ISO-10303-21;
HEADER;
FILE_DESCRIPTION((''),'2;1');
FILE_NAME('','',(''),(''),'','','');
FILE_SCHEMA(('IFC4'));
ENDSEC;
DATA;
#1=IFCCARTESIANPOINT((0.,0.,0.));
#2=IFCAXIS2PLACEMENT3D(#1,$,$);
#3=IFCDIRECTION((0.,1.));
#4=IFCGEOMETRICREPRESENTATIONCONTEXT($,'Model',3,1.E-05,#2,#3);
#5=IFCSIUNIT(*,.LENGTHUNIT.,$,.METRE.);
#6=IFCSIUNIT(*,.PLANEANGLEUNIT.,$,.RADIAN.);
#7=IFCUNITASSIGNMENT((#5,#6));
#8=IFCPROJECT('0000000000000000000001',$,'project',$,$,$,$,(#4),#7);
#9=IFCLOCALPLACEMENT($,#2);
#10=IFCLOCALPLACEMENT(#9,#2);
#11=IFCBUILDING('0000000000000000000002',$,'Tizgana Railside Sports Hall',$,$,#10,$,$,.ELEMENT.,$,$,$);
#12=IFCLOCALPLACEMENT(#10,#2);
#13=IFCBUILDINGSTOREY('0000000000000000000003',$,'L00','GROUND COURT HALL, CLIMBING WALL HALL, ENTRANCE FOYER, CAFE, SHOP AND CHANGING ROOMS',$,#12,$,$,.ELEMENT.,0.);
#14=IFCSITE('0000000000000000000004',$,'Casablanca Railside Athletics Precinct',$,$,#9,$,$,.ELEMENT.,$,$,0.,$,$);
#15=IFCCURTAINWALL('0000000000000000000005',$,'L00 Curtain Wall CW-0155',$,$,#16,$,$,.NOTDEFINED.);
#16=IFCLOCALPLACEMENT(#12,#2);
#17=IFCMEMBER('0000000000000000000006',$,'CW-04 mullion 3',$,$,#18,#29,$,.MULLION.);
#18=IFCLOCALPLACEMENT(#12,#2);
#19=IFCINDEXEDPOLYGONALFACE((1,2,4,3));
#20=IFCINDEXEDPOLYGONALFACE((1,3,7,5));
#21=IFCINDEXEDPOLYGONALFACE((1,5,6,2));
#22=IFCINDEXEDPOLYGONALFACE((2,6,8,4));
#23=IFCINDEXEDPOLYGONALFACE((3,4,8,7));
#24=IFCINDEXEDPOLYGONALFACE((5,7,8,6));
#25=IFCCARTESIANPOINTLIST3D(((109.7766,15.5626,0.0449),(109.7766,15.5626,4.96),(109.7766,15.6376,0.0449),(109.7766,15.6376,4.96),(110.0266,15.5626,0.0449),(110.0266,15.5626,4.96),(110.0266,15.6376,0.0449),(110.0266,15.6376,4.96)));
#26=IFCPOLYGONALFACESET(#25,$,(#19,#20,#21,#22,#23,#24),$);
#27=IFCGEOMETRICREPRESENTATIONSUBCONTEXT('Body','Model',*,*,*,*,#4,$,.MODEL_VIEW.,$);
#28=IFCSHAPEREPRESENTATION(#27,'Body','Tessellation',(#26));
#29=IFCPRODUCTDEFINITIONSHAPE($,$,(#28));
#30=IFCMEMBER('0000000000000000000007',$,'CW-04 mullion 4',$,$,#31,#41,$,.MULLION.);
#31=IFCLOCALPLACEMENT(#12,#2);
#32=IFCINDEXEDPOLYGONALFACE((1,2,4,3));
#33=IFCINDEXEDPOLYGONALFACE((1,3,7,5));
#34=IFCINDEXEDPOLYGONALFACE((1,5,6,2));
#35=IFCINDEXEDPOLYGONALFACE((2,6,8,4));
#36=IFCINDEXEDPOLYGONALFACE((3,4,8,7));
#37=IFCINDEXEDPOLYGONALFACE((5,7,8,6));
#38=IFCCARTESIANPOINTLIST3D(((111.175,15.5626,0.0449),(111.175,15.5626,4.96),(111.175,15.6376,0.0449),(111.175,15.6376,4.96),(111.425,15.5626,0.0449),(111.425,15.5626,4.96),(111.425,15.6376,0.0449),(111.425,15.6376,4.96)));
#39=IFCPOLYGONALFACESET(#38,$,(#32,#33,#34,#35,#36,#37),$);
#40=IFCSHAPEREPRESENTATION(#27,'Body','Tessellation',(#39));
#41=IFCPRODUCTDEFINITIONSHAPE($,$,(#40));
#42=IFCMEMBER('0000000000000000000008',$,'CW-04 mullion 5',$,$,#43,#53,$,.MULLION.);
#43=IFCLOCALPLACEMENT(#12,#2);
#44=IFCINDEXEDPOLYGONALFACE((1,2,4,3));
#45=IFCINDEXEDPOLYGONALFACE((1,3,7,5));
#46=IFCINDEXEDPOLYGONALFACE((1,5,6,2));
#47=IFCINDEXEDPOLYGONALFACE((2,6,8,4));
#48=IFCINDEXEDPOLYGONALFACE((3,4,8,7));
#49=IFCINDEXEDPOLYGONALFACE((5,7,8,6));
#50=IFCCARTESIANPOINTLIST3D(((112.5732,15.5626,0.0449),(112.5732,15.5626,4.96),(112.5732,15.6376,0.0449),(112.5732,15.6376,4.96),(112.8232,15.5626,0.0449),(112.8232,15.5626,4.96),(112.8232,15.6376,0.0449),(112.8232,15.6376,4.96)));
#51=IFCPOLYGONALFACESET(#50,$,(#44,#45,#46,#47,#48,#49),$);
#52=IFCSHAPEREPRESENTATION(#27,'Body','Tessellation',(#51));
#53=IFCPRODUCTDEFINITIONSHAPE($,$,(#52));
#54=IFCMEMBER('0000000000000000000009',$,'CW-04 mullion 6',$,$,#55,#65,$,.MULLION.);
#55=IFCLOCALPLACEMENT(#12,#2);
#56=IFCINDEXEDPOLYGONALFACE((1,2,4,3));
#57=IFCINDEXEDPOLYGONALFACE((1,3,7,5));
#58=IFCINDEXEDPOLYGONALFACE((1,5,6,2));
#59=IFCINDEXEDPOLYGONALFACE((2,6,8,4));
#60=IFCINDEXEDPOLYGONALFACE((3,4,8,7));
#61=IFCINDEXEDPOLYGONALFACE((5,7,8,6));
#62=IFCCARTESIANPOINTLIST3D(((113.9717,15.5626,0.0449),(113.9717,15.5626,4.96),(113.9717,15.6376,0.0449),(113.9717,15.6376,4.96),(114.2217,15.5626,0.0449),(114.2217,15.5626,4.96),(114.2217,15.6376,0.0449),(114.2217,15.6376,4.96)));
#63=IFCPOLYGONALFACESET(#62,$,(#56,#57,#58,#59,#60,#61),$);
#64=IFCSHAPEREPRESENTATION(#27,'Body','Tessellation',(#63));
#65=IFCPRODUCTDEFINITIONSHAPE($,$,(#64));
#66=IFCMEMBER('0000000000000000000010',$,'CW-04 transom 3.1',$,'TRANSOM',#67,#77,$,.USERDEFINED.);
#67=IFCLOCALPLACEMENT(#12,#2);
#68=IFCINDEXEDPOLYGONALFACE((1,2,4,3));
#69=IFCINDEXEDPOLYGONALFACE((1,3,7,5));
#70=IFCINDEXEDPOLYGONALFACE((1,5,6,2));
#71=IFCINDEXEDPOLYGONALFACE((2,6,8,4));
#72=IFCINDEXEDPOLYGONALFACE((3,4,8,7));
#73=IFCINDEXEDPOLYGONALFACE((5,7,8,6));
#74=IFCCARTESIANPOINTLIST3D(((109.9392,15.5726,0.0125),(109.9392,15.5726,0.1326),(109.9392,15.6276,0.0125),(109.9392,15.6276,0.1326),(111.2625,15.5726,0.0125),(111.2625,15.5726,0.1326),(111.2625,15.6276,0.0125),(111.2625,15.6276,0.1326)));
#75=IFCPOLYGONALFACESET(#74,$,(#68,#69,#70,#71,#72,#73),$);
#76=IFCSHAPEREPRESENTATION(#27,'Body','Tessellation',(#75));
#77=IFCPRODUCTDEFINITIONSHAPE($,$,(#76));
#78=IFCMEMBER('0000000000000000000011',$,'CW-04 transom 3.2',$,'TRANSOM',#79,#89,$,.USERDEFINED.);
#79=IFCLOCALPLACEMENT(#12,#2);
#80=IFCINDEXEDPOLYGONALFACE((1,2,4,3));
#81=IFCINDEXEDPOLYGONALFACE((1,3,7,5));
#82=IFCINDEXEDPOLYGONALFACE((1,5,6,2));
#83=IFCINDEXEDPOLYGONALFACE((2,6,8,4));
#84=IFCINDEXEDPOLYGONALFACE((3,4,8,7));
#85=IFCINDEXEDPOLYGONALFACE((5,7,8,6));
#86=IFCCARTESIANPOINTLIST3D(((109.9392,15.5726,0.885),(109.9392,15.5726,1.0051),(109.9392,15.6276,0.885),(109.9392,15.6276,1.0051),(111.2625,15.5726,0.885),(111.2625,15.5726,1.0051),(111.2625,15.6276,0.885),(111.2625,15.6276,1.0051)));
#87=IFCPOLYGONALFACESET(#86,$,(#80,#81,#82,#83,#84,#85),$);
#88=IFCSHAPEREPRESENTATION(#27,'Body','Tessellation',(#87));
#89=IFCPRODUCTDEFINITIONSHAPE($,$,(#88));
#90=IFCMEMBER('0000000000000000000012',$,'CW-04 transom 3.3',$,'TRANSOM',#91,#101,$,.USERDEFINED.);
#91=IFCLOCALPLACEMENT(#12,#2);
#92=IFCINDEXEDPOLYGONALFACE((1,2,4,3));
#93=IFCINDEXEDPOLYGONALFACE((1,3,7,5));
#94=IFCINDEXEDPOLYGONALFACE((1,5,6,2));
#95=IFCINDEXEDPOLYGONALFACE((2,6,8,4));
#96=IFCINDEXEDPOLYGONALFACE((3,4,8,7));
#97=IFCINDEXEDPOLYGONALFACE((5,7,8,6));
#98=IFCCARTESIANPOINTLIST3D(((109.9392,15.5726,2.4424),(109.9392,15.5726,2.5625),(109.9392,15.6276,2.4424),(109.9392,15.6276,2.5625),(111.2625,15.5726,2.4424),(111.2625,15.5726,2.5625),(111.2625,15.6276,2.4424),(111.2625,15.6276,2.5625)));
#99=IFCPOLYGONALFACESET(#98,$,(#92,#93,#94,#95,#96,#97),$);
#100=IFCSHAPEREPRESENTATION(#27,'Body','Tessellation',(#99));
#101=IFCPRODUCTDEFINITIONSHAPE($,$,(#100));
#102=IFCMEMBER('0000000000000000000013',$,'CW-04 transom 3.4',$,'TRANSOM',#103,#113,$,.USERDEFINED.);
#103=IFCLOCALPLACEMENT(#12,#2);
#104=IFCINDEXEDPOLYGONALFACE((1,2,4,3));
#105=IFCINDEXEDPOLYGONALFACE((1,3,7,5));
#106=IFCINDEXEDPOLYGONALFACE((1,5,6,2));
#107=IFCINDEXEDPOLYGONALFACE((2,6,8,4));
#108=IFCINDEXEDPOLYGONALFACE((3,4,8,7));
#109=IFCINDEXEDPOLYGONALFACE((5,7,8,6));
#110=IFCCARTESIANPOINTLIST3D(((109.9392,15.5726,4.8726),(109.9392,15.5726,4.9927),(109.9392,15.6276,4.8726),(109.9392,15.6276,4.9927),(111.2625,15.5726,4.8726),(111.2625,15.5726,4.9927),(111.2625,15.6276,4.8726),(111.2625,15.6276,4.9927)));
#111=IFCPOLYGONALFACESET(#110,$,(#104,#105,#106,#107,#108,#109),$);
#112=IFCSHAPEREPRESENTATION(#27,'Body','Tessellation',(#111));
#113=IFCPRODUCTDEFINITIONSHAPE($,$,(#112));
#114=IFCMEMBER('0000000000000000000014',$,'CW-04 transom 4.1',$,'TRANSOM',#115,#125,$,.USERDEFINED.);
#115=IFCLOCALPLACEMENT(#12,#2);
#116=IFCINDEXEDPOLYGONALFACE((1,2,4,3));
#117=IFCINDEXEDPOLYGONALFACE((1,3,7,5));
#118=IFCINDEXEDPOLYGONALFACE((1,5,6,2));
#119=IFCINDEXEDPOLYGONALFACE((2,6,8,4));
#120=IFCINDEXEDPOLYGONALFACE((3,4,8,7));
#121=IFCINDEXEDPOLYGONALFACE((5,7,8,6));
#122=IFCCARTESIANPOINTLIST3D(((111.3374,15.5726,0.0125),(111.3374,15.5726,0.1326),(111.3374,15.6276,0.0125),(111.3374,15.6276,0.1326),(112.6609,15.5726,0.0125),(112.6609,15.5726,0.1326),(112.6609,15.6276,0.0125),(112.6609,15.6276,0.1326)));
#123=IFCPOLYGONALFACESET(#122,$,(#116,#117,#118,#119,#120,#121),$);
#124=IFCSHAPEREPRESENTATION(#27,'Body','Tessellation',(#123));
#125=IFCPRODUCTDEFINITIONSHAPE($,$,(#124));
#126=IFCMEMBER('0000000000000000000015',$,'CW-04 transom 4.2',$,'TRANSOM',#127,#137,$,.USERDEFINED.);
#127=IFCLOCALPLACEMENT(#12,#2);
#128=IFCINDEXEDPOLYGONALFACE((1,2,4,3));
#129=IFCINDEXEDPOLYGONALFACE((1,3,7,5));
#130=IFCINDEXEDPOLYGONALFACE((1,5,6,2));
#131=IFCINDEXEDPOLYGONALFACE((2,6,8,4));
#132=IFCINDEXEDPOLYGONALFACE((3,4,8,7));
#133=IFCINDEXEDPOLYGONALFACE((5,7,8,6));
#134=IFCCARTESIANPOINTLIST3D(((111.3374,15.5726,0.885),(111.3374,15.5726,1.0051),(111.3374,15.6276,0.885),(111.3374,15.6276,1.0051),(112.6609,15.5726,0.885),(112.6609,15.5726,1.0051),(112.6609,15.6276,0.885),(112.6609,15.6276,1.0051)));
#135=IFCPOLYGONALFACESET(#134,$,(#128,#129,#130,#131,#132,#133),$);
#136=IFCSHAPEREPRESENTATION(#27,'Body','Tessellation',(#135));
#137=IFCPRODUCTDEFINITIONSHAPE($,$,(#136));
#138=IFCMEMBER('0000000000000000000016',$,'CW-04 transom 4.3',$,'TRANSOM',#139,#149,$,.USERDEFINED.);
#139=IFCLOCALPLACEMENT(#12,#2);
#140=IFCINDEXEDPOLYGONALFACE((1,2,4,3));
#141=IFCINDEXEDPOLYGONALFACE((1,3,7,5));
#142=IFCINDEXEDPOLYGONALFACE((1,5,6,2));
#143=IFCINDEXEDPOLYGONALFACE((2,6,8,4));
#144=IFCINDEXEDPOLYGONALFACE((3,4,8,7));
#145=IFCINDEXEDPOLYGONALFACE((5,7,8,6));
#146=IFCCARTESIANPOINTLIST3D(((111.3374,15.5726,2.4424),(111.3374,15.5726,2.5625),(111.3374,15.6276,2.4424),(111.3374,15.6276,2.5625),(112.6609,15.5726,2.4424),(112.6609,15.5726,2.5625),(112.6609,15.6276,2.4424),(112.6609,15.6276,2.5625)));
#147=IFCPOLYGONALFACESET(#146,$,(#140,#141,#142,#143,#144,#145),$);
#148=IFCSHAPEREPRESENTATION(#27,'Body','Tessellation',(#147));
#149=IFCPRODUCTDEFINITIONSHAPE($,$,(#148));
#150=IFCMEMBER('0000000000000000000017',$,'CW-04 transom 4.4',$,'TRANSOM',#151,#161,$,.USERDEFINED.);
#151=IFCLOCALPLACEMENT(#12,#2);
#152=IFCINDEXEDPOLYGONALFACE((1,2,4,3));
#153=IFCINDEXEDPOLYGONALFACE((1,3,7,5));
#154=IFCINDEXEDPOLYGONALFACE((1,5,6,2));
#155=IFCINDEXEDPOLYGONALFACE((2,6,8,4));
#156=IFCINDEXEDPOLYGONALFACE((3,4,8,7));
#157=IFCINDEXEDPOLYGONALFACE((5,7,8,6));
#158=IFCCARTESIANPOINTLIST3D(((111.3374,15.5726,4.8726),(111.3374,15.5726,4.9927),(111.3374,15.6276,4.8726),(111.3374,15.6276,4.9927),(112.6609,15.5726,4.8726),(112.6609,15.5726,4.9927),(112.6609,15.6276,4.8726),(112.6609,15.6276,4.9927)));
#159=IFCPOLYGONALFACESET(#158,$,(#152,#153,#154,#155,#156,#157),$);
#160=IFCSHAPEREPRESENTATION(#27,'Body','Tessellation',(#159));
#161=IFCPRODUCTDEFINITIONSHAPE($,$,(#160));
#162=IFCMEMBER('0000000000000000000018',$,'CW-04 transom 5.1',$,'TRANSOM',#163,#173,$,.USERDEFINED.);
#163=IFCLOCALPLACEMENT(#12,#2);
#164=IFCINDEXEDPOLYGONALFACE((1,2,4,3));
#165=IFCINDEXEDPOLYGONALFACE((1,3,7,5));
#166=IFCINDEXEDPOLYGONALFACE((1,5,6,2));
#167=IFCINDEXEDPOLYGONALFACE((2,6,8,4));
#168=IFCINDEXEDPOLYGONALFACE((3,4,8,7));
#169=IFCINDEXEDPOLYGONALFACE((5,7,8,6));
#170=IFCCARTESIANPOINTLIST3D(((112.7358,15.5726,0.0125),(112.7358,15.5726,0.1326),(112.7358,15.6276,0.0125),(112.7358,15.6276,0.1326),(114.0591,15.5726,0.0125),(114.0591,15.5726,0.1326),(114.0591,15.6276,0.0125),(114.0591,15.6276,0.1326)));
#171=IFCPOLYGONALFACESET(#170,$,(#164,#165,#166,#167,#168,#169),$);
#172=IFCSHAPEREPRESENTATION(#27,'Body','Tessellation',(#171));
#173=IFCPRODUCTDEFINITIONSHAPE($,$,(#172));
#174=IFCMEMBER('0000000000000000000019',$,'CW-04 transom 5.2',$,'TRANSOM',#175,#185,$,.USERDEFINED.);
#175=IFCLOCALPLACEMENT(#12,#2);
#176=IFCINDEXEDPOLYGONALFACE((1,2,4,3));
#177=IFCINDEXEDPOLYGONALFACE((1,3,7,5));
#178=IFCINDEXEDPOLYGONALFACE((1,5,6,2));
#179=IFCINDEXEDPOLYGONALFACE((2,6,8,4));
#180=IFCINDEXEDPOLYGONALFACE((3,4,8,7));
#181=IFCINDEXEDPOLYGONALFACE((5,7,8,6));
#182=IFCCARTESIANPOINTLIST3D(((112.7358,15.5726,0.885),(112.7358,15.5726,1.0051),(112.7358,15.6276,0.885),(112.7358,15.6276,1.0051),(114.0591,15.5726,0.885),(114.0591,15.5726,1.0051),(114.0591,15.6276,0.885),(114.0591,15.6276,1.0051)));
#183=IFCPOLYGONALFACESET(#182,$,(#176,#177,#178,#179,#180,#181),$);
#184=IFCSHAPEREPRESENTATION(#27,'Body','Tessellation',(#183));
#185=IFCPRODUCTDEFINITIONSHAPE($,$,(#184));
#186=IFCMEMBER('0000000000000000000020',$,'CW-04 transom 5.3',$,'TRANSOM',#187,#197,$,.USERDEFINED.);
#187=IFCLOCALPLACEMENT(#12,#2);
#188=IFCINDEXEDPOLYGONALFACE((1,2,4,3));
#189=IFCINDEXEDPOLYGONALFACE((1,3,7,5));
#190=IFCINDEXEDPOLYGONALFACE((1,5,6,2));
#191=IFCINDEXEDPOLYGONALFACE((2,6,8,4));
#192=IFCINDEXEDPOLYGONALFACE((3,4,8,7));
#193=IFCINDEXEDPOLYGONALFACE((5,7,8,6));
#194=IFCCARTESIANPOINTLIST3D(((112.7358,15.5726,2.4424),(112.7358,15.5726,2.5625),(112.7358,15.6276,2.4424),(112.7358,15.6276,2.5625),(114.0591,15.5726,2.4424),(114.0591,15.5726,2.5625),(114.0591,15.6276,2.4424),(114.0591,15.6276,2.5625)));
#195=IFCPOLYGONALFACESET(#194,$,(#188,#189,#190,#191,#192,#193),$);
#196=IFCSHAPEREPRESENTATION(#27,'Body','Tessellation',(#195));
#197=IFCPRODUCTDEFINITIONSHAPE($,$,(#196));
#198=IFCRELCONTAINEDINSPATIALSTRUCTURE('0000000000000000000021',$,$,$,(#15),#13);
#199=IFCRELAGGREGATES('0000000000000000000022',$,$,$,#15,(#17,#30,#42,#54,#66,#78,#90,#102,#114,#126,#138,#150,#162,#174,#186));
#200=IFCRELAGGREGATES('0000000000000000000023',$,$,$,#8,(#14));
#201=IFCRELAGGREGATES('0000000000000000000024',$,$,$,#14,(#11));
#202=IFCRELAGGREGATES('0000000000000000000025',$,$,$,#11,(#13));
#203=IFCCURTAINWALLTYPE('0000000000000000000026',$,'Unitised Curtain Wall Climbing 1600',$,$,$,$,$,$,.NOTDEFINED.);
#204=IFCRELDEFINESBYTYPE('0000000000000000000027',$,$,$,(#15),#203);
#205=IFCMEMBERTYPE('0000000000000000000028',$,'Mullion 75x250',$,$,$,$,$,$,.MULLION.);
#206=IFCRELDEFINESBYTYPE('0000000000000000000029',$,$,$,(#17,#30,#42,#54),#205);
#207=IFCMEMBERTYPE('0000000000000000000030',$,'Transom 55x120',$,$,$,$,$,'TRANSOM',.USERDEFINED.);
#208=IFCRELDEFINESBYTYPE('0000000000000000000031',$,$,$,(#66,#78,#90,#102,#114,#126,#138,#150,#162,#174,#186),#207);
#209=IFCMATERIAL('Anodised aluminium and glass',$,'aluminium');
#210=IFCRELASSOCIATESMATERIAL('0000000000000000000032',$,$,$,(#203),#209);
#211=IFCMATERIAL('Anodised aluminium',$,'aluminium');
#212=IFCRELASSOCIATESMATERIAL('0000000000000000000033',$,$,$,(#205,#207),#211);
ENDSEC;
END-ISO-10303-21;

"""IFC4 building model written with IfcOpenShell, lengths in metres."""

from ifc_helpers import new_model, si_unit, direction, frame, origin, origin_2d, place, context, subcontext, project, spatial, rectangle, extrude, material, material_profile, profile_set, type_object, element, aggregate, save


model = new_model("IFC4")

# Units and contexts
model_context = context("Model", 3, precision=1e-05, world=origin(), true_north=direction((0.0, 1.0)))
body_context = subcontext(model_context, "Body", "Model", "MODEL_VIEW")
ifc_project = project(units=[si_unit("LENGTHUNIT", "METRE"), si_unit("PLANEANGLEUNIT", "RADIAN")], contexts=[model_context])

# Site, building, storey
site_placement = place(None, origin())
site = spatial("IfcSite", under=ifc_project, at=site_placement, Name="Casablanca Railside Athletics Precinct", CompositionType="ELEMENT", RefElevation=0.0)
building_placement = place(site_placement, origin())
building = spatial("IfcBuilding", under=site, at=building_placement, Name="Tizgana Railside Sports Hall", CompositionType="ELEMENT")
storey_placement = place(building_placement, origin())
storey = spatial("IfcBuildingStorey", under=building, at=storey_placement, Name="L00", Description="GROUND COURT HALL, CLIMBING WALL HALL, ENTRANCE FOYER, CAFE, SHOP AND CHANGING ROOMS", CompositionType="ELEMENT", Elevation=0.0)

# Curtain wall, members
ifc_material_1 = material(Name="Anodised aluminium and glass", Category="aluminium")
curtain_wall_type = type_object("IfcCurtainWallType", Name="Unitised Curtain Wall Climbing 1600", PredefinedType="NOTDEFINED", material=ifc_material_1)
curtain_wall_placement = place(storey_placement, origin())
curtain_wall = element("IfcCurtainWall", 1, at=curtain_wall_placement, inside=storey, type_object=curtain_wall_type, Name="L00 Curtain Wall CW-0155", PredefinedType="NOTDEFINED")
ifc_material_2 = material(Name="Anodised aluminium", Category="aluminium")
ifc_material_profile_1 = material_profile(ifc_material_2, rectangle(XDim=0.075, YDim=0.25, at=origin_2d()), Name="Mullion 75x250")
ifc_profile_set_1 = profile_set([ifc_material_profile_1], Name="Anodised aluminium")
member_type_1 = type_object("IfcMemberType", Name="Mullion 75x250", PredefinedType="MULLION", material=ifc_profile_set_1)
member_1_placement = place(storey_placement, frame((109.9016, 15.6001, 0.0449), z_axis=(0.0, 0.0, 1.0), x_axis=(0.0, 1.0, 0.0)))
member_1 = element("IfcMember", 2, at=member_1_placement, type_object=member_type_1, Name="CW-04 mullion 3", PredefinedType="MULLION", context=body_context, shape_type="SweptSolid", body=[
    extrude(rectangle(XDim=0.075, YDim=0.25, at=origin_2d()), origin(), (0.0, 0.0, 1.0), 4.915),
])
member_2_placement = place(storey_placement, frame((111.3, 15.6001, 0.0449), z_axis=(0.0, 0.0, 1.0), x_axis=(0.0, 1.0, 0.0)))
member_2 = element("IfcMember", 3, at=member_2_placement, type_object=member_type_1, Name="CW-04 mullion 4", PredefinedType="MULLION", context=body_context, shape_type="SweptSolid", body=[
    extrude(rectangle(XDim=0.075, YDim=0.25, at=origin_2d()), origin(), (0.0, 0.0, 1.0), 4.915),
])
member_3_placement = place(storey_placement, frame((112.6982, 15.6001, 0.0449), z_axis=(0.0, 0.0, 1.0), x_axis=(0.0, 1.0, 0.0)))
member_3 = element("IfcMember", 4, at=member_3_placement, type_object=member_type_1, Name="CW-04 mullion 5", PredefinedType="MULLION", context=body_context, shape_type="SweptSolid", body=[
    extrude(rectangle(XDim=0.075, YDim=0.25, at=origin_2d()), origin(), (0.0, 0.0, 1.0), 4.915),
])
member_4_placement = place(storey_placement, frame((114.0967, 15.6001, 0.0449), z_axis=(0.0, 0.0, 1.0), x_axis=(0.0, 1.0, 0.0)))
member_4 = element("IfcMember", 5, at=member_4_placement, type_object=member_type_1, Name="CW-04 mullion 6", PredefinedType="MULLION", context=body_context, shape_type="SweptSolid", body=[
    extrude(rectangle(XDim=0.075, YDim=0.25, at=origin_2d()), origin(), (0.0, 0.0, 1.0), 4.915),
])
ifc_material_profile_2 = material_profile(ifc_material_2, rectangle(XDim=0.0549, YDim=0.1201, at=origin_2d()), Name="Transom 55x120")
ifc_profile_set_2 = profile_set([ifc_material_profile_2], Name="Anodised aluminium")
member_type_2 = type_object("IfcMemberType", Name="Transom 55x120", ElementType="TRANSOM", PredefinedType="USERDEFINED", material=ifc_profile_set_2)
member_5_placement = place(storey_placement, frame((109.9392, 15.6001, 0.0725), z_axis=(1.0, 0.0, 0.0), x_axis=(0.0, 1.0, 0.0)))
member_5 = element("IfcMember", 6, at=member_5_placement, type_object=member_type_2, Name="CW-04 transom 3.1", ObjectType="TRANSOM", PredefinedType="USERDEFINED", context=body_context, shape_type="SweptSolid", body=[
    extrude(rectangle(XDim=0.0549, YDim=0.1201, at=origin_2d()), origin(), (0.0, 0.0, 1.0), 1.3232),
])
member_6_placement = place(storey_placement, frame((109.9392, 15.6001, 0.9451), z_axis=(1.0, 0.0, 0.0), x_axis=(0.0, 1.0, 0.0)))
member_6 = element("IfcMember", 7, at=member_6_placement, type_object=member_type_2, Name="CW-04 transom 3.2", ObjectType="TRANSOM", PredefinedType="USERDEFINED", context=body_context, shape_type="SweptSolid", body=[
    extrude(rectangle(XDim=0.0549, YDim=0.1201, at=origin_2d()), origin(), (0.0, 0.0, 1.0), 1.3232),
])
member_7_placement = place(storey_placement, frame((109.9392, 15.6001, 2.5024), z_axis=(1.0, 0.0, 0.0), x_axis=(0.0, 1.0, 0.0)))
member_7 = element("IfcMember", 8, at=member_7_placement, type_object=member_type_2, Name="CW-04 transom 3.3", ObjectType="TRANSOM", PredefinedType="USERDEFINED", context=body_context, shape_type="SweptSolid", body=[
    extrude(rectangle(XDim=0.0549, YDim=0.1201, at=origin_2d()), origin(), (0.0, 0.0, 1.0), 1.3232),
])
member_8_placement = place(storey_placement, frame((109.9392, 15.6001, 4.9326), z_axis=(1.0, 0.0, 0.0), x_axis=(0.0, 1.0, 0.0)))
member_8 = element("IfcMember", 9, at=member_8_placement, type_object=member_type_2, Name="CW-04 transom 3.4", ObjectType="TRANSOM", PredefinedType="USERDEFINED", context=body_context, shape_type="SweptSolid", body=[
    extrude(rectangle(XDim=0.0549, YDim=0.1201, at=origin_2d()), origin(), (0.0, 0.0, 1.0), 1.3232),
])
member_9_placement = place(storey_placement, frame((111.3374, 15.6001, 0.0725), z_axis=(1.0, 0.0, 0.0), x_axis=(0.0, 1.0, 0.0)))
member_9 = element("IfcMember", 10, at=member_9_placement, type_object=member_type_2, Name="CW-04 transom 4.1", ObjectType="TRANSOM", PredefinedType="USERDEFINED", context=body_context, shape_type="SweptSolid", body=[
    extrude(rectangle(XDim=0.0549, YDim=0.1201, at=origin_2d()), origin(), (0.0, 0.0, 1.0), 1.3235),
])
member_10_placement = place(storey_placement, frame((111.3374, 15.6001, 0.9451), z_axis=(1.0, 0.0, 0.0), x_axis=(0.0, 1.0, 0.0)))
member_10 = element("IfcMember", 11, at=member_10_placement, type_object=member_type_2, Name="CW-04 transom 4.2", ObjectType="TRANSOM", PredefinedType="USERDEFINED", context=body_context, shape_type="SweptSolid", body=[
    extrude(rectangle(XDim=0.0549, YDim=0.1201, at=origin_2d()), origin(), (0.0, 0.0, 1.0), 1.3235),
])
member_11_placement = place(storey_placement, frame((111.3374, 15.6001, 2.5024), z_axis=(1.0, 0.0, 0.0), x_axis=(0.0, 1.0, 0.0)))
member_11 = element("IfcMember", 12, at=member_11_placement, type_object=member_type_2, Name="CW-04 transom 4.3", ObjectType="TRANSOM", PredefinedType="USERDEFINED", context=body_context, shape_type="SweptSolid", body=[
    extrude(rectangle(XDim=0.0549, YDim=0.1201, at=origin_2d()), origin(), (0.0, 0.0, 1.0), 1.3235),
])
member_12_placement = place(storey_placement, frame((111.3374, 15.6001, 4.9326), z_axis=(1.0, 0.0, 0.0), x_axis=(0.0, 1.0, 0.0)))
member_12 = element("IfcMember", 13, at=member_12_placement, type_object=member_type_2, Name="CW-04 transom 4.4", ObjectType="TRANSOM", PredefinedType="USERDEFINED", context=body_context, shape_type="SweptSolid", body=[
    extrude(rectangle(XDim=0.0549, YDim=0.1201, at=origin_2d()), origin(), (0.0, 0.0, 1.0), 1.3235),
])
member_13_placement = place(storey_placement, frame((112.7358, 15.6001, 0.0725), z_axis=(1.0, 0.0, 0.0), x_axis=(0.0, 1.0, 0.0)))
member_13 = element("IfcMember", 14, at=member_13_placement, type_object=member_type_2, Name="CW-04 transom 5.1", ObjectType="TRANSOM", PredefinedType="USERDEFINED", context=body_context, shape_type="SweptSolid", body=[
    extrude(rectangle(XDim=0.0549, YDim=0.1201, at=origin_2d()), origin(), (0.0, 0.0, 1.0), 1.3232),
])
member_14_placement = place(storey_placement, frame((112.7358, 15.6001, 0.9451), z_axis=(1.0, 0.0, 0.0), x_axis=(0.0, 1.0, 0.0)))
member_14 = element("IfcMember", 15, at=member_14_placement, type_object=member_type_2, Name="CW-04 transom 5.2", ObjectType="TRANSOM", PredefinedType="USERDEFINED", context=body_context, shape_type="SweptSolid", body=[
    extrude(rectangle(XDim=0.0549, YDim=0.1201, at=origin_2d()), origin(), (0.0, 0.0, 1.0), 1.3232),
])
member_15_placement = place(storey_placement, frame((112.7358, 15.6001, 2.5024), z_axis=(1.0, 0.0, 0.0), x_axis=(0.0, 1.0, 0.0)))
member_15 = element("IfcMember", 16, at=member_15_placement, type_object=member_type_2, Name="CW-04 transom 5.3", ObjectType="TRANSOM", PredefinedType="USERDEFINED", context=body_context, shape_type="SweptSolid", body=[
    extrude(rectangle(XDim=0.0549, YDim=0.1201, at=origin_2d()), origin(), (0.0, 0.0, 1.0), 1.3232),
])
aggregate(curtain_wall, [member_1, member_2, member_3, member_4, member_5, member_6, member_7, member_8, member_9, member_10, member_11, member_12, member_13, member_14, member_15])

save(model, "model.ifc")
